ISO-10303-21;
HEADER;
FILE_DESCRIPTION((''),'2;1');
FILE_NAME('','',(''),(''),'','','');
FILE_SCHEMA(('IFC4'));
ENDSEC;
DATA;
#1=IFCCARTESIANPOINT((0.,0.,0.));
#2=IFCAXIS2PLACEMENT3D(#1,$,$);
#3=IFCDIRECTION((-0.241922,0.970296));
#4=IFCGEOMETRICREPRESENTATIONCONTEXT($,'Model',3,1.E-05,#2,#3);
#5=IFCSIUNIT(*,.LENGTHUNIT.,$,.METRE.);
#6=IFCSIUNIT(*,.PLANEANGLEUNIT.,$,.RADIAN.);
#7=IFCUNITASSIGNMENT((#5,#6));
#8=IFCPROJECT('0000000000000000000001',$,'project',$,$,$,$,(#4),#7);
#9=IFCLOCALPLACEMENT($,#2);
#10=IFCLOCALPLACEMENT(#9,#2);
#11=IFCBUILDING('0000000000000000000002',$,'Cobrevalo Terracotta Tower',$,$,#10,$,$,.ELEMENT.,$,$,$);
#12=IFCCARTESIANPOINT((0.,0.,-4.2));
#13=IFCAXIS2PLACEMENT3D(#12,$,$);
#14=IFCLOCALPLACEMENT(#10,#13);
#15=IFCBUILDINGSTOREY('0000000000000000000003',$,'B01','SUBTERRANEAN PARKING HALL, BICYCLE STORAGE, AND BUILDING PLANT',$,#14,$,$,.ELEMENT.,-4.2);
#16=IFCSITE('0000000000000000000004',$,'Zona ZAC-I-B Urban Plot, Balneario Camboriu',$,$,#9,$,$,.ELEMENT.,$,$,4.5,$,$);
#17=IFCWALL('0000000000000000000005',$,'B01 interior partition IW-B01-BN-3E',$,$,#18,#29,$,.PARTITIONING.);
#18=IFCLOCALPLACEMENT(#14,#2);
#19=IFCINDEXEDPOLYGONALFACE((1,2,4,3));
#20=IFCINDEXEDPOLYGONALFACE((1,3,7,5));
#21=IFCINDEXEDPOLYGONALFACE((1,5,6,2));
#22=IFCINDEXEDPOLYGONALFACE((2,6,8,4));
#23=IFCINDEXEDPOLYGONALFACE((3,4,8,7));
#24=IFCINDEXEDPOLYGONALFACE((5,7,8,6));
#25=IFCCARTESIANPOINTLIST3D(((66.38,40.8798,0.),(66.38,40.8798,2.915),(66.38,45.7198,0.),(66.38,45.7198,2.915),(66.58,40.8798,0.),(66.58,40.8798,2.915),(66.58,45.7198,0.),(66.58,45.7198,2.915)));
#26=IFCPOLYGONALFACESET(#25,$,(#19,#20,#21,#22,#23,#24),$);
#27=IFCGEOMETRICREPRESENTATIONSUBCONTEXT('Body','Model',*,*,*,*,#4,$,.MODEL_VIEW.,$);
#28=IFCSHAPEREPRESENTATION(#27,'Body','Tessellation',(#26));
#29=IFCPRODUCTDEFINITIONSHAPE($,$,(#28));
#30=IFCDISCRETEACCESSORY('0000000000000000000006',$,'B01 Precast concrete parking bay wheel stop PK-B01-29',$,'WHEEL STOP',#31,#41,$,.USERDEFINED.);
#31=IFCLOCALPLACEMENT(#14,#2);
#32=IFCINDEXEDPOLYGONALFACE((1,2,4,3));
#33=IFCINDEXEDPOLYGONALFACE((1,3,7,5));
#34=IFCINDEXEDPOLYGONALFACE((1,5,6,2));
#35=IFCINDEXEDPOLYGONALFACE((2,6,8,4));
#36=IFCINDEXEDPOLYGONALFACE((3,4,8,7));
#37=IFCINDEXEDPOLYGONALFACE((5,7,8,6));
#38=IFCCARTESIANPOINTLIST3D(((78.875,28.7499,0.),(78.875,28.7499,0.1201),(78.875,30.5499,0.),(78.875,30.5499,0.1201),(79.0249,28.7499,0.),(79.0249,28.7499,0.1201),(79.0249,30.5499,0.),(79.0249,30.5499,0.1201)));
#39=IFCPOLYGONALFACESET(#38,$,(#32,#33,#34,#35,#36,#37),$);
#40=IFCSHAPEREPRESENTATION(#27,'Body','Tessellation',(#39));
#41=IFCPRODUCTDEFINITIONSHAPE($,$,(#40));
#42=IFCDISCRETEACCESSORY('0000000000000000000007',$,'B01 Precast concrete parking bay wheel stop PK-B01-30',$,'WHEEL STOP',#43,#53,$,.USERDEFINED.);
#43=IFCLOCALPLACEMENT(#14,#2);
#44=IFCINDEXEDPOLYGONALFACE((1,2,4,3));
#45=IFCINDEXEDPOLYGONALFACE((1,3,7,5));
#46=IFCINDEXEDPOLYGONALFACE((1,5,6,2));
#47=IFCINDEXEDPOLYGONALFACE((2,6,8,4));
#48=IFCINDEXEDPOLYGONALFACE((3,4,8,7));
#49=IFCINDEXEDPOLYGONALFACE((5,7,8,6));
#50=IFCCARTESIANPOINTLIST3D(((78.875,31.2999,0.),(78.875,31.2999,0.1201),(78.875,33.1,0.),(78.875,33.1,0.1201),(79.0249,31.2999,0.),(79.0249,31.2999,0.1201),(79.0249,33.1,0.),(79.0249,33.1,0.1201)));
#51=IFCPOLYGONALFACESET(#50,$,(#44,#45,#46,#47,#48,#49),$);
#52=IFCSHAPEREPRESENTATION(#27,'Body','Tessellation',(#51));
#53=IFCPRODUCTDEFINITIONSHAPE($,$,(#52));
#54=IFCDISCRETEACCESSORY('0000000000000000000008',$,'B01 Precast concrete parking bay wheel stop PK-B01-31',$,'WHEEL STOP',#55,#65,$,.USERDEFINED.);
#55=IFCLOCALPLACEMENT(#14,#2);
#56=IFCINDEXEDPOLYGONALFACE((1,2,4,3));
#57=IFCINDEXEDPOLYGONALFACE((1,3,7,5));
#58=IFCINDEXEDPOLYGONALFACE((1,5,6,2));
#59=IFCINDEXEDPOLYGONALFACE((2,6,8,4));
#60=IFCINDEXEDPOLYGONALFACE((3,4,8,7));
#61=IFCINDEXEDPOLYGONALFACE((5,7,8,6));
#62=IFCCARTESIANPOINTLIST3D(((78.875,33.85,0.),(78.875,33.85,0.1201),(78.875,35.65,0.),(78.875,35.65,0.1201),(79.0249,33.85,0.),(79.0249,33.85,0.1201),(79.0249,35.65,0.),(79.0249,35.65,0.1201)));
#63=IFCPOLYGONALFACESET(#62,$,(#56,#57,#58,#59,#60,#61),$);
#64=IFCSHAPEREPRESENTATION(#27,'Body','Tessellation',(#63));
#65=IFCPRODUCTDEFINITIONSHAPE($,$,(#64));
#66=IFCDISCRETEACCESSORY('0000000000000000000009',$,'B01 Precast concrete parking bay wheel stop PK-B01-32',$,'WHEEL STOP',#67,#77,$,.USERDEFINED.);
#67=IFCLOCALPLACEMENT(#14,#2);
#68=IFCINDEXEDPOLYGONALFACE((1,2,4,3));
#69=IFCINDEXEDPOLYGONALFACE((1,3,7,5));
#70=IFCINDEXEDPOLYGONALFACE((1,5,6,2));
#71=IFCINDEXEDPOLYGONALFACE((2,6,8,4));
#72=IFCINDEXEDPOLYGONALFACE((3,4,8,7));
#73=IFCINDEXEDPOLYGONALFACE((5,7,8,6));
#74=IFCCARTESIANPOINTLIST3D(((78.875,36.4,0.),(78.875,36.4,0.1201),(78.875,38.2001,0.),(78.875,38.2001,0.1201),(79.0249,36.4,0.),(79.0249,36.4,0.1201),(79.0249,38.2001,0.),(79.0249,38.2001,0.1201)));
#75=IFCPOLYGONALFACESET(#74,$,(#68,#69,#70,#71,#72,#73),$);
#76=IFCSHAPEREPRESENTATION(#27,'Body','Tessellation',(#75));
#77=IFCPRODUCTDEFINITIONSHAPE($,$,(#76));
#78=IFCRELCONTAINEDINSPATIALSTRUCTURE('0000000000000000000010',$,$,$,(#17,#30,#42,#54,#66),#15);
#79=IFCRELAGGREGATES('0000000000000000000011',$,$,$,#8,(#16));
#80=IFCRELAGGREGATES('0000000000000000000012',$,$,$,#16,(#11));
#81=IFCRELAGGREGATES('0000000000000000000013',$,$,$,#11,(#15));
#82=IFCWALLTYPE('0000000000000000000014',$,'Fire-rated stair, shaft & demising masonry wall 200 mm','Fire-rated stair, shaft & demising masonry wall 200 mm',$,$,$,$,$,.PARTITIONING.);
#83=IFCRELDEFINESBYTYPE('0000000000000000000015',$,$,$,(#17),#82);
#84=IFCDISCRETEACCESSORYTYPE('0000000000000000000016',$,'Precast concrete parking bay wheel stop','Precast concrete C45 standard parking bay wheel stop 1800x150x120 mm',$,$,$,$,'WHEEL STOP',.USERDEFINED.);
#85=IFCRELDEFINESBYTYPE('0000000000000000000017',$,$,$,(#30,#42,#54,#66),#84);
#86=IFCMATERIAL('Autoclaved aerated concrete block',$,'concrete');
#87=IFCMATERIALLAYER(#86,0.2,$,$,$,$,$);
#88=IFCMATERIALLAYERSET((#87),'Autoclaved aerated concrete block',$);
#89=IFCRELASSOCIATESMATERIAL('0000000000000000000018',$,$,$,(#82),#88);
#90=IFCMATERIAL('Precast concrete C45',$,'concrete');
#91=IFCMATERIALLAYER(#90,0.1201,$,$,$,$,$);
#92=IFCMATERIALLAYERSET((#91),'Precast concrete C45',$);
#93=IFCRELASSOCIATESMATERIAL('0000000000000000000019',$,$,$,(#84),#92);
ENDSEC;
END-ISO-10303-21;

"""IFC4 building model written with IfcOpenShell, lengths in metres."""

from ifc_helpers import new_model, si_unit, direction, frame, frame_2d, origin, origin_2d, place, context, subcontext, project, spatial, rectangle, extrude, source, transform, mapped, material, layer, layer_set, type_object, element, save


model = new_model("IFC4")

# Units and contexts
model_context = context("Model", 3, precision=1e-05, world=origin(), true_north=direction((-0.241922, 0.970296)))
body_context = subcontext(model_context, "Body", "Model", "MODEL_VIEW")
ifc_project = project(units=[si_unit("LENGTHUNIT", "METRE"), si_unit("PLANEANGLEUNIT", "RADIAN")], contexts=[model_context])

# Site, building, storey
site_placement = place(None, origin())
site = spatial("IfcSite", under=ifc_project, at=site_placement, Name="Zona ZAC-I-B Urban Plot, Balneario Camboriu", CompositionType="ELEMENT", RefElevation=4.5)
building_placement = place(site_placement, origin())
building = spatial("IfcBuilding", under=site, at=building_placement, Name="Cobrevalo Terracotta Tower", CompositionType="ELEMENT")
storey_placement = place(building_placement, frame((0.0, 0.0, -4.2)))
storey = spatial("IfcBuildingStorey", under=building, at=storey_placement, Name="B01", Description="SUBTERRANEAN PARKING HALL, BICYCLE STORAGE, AND BUILDING PLANT", CompositionType="ELEMENT", Elevation=-4.2)

# Shared definitions
ifc_material_1 = material(Name="Autoclaved aerated concrete block", Category="concrete")
ifc_layer_1 = layer(ifc_material_1, 0.2)
ifc_layer_set_1 = layer_set([ifc_layer_1], Name="Autoclaved aerated concrete block")
wall_type = type_object("IfcWallType", Name="Fire-rated stair, shaft & demising masonry wall 200 mm", Description="Fire-rated stair, shaft & demising masonry wall 200 mm", PredefinedType="PARTITIONING", material=ifc_layer_set_1)

# Wall
wall_1_placement = place(storey_placement, frame((66.48, 40.8799, 0.0), z_axis=(0.0, 0.0, 1.0), x_axis=(0.0, 1.0, 0.0)))
element("IfcWall", 1, at=wall_1_placement, inside=storey, type_object=wall_type, Name="B01 interior partition IW-B01-BN-3E", PredefinedType="PARTITIONING", context=body_context, shape_type="SweptSolid", body=[
    extrude(rectangle(XDim=4.8401, YDim=0.2, at=frame_2d((2.4199, 0.0))), origin(), (0.0, 0.0, 1.0), 2.915),
])

# Discrete accessories
ifc_material_2 = material(Name="Precast concrete C45", Category="concrete")
ifc_layer_2 = layer(ifc_material_2, 0.1201)
ifc_layer_set_2 = layer_set([ifc_layer_2], Name="Precast concrete C45")
discrete_accessory_type = type_object("IfcDiscreteAccessoryType", Name="Precast concrete parking bay wheel stop", Description="Precast concrete C45 standard parking bay wheel stop 1800x150x120 mm", ElementType="WHEEL STOP", PredefinedType="USERDEFINED", material=ifc_layer_set_2)
shared_shape_1 = source(origin(), body_context, "Body", "SweptSolid", [
    extrude(rectangle(XDim=1.8, YDim=0.1499, at=origin_2d()), origin(), (0.0, 0.0, 1.0), 0.1201),
])
for number, where, z_axis, x_axis, name in (
    (2, (78.95, 29.6499, 0.0), (0.0, 0.0, 1.0), (0.0, 1.0, 0.0), "B01 Precast concrete parking bay wheel stop PK-B01-29"),
    (3, (78.95, 32.2, 0.0), (0.0, 0.0, 1.0), (0.0, 1.0, 0.0), "B01 Precast concrete parking bay wheel stop PK-B01-30"),
    (4, (78.95, 34.75, 0.0), (0.0, 0.0, 1.0), (0.0, 1.0, 0.0), "B01 Precast concrete parking bay wheel stop PK-B01-31"),
    (5, (78.95, 37.3, 0.0), (0.0, 0.0, 1.0), (0.0, 1.0, 0.0), "B01 Precast concrete parking bay wheel stop PK-B01-32"),
):
    element("IfcDiscreteAccessory", number, at=place(storey_placement, frame(where, z_axis=z_axis, x_axis=x_axis)), inside=storey, type_object=discrete_accessory_type, Name=name, ObjectType="WHEEL STOP", PredefinedType="USERDEFINED", context=body_context, shape_type="MappedRepresentation", body=[
        mapped(shared_shape_1, transform((0.0, 0.0, 0.0), scale=1.0)),
    ])

save(model, "model.ifc")
